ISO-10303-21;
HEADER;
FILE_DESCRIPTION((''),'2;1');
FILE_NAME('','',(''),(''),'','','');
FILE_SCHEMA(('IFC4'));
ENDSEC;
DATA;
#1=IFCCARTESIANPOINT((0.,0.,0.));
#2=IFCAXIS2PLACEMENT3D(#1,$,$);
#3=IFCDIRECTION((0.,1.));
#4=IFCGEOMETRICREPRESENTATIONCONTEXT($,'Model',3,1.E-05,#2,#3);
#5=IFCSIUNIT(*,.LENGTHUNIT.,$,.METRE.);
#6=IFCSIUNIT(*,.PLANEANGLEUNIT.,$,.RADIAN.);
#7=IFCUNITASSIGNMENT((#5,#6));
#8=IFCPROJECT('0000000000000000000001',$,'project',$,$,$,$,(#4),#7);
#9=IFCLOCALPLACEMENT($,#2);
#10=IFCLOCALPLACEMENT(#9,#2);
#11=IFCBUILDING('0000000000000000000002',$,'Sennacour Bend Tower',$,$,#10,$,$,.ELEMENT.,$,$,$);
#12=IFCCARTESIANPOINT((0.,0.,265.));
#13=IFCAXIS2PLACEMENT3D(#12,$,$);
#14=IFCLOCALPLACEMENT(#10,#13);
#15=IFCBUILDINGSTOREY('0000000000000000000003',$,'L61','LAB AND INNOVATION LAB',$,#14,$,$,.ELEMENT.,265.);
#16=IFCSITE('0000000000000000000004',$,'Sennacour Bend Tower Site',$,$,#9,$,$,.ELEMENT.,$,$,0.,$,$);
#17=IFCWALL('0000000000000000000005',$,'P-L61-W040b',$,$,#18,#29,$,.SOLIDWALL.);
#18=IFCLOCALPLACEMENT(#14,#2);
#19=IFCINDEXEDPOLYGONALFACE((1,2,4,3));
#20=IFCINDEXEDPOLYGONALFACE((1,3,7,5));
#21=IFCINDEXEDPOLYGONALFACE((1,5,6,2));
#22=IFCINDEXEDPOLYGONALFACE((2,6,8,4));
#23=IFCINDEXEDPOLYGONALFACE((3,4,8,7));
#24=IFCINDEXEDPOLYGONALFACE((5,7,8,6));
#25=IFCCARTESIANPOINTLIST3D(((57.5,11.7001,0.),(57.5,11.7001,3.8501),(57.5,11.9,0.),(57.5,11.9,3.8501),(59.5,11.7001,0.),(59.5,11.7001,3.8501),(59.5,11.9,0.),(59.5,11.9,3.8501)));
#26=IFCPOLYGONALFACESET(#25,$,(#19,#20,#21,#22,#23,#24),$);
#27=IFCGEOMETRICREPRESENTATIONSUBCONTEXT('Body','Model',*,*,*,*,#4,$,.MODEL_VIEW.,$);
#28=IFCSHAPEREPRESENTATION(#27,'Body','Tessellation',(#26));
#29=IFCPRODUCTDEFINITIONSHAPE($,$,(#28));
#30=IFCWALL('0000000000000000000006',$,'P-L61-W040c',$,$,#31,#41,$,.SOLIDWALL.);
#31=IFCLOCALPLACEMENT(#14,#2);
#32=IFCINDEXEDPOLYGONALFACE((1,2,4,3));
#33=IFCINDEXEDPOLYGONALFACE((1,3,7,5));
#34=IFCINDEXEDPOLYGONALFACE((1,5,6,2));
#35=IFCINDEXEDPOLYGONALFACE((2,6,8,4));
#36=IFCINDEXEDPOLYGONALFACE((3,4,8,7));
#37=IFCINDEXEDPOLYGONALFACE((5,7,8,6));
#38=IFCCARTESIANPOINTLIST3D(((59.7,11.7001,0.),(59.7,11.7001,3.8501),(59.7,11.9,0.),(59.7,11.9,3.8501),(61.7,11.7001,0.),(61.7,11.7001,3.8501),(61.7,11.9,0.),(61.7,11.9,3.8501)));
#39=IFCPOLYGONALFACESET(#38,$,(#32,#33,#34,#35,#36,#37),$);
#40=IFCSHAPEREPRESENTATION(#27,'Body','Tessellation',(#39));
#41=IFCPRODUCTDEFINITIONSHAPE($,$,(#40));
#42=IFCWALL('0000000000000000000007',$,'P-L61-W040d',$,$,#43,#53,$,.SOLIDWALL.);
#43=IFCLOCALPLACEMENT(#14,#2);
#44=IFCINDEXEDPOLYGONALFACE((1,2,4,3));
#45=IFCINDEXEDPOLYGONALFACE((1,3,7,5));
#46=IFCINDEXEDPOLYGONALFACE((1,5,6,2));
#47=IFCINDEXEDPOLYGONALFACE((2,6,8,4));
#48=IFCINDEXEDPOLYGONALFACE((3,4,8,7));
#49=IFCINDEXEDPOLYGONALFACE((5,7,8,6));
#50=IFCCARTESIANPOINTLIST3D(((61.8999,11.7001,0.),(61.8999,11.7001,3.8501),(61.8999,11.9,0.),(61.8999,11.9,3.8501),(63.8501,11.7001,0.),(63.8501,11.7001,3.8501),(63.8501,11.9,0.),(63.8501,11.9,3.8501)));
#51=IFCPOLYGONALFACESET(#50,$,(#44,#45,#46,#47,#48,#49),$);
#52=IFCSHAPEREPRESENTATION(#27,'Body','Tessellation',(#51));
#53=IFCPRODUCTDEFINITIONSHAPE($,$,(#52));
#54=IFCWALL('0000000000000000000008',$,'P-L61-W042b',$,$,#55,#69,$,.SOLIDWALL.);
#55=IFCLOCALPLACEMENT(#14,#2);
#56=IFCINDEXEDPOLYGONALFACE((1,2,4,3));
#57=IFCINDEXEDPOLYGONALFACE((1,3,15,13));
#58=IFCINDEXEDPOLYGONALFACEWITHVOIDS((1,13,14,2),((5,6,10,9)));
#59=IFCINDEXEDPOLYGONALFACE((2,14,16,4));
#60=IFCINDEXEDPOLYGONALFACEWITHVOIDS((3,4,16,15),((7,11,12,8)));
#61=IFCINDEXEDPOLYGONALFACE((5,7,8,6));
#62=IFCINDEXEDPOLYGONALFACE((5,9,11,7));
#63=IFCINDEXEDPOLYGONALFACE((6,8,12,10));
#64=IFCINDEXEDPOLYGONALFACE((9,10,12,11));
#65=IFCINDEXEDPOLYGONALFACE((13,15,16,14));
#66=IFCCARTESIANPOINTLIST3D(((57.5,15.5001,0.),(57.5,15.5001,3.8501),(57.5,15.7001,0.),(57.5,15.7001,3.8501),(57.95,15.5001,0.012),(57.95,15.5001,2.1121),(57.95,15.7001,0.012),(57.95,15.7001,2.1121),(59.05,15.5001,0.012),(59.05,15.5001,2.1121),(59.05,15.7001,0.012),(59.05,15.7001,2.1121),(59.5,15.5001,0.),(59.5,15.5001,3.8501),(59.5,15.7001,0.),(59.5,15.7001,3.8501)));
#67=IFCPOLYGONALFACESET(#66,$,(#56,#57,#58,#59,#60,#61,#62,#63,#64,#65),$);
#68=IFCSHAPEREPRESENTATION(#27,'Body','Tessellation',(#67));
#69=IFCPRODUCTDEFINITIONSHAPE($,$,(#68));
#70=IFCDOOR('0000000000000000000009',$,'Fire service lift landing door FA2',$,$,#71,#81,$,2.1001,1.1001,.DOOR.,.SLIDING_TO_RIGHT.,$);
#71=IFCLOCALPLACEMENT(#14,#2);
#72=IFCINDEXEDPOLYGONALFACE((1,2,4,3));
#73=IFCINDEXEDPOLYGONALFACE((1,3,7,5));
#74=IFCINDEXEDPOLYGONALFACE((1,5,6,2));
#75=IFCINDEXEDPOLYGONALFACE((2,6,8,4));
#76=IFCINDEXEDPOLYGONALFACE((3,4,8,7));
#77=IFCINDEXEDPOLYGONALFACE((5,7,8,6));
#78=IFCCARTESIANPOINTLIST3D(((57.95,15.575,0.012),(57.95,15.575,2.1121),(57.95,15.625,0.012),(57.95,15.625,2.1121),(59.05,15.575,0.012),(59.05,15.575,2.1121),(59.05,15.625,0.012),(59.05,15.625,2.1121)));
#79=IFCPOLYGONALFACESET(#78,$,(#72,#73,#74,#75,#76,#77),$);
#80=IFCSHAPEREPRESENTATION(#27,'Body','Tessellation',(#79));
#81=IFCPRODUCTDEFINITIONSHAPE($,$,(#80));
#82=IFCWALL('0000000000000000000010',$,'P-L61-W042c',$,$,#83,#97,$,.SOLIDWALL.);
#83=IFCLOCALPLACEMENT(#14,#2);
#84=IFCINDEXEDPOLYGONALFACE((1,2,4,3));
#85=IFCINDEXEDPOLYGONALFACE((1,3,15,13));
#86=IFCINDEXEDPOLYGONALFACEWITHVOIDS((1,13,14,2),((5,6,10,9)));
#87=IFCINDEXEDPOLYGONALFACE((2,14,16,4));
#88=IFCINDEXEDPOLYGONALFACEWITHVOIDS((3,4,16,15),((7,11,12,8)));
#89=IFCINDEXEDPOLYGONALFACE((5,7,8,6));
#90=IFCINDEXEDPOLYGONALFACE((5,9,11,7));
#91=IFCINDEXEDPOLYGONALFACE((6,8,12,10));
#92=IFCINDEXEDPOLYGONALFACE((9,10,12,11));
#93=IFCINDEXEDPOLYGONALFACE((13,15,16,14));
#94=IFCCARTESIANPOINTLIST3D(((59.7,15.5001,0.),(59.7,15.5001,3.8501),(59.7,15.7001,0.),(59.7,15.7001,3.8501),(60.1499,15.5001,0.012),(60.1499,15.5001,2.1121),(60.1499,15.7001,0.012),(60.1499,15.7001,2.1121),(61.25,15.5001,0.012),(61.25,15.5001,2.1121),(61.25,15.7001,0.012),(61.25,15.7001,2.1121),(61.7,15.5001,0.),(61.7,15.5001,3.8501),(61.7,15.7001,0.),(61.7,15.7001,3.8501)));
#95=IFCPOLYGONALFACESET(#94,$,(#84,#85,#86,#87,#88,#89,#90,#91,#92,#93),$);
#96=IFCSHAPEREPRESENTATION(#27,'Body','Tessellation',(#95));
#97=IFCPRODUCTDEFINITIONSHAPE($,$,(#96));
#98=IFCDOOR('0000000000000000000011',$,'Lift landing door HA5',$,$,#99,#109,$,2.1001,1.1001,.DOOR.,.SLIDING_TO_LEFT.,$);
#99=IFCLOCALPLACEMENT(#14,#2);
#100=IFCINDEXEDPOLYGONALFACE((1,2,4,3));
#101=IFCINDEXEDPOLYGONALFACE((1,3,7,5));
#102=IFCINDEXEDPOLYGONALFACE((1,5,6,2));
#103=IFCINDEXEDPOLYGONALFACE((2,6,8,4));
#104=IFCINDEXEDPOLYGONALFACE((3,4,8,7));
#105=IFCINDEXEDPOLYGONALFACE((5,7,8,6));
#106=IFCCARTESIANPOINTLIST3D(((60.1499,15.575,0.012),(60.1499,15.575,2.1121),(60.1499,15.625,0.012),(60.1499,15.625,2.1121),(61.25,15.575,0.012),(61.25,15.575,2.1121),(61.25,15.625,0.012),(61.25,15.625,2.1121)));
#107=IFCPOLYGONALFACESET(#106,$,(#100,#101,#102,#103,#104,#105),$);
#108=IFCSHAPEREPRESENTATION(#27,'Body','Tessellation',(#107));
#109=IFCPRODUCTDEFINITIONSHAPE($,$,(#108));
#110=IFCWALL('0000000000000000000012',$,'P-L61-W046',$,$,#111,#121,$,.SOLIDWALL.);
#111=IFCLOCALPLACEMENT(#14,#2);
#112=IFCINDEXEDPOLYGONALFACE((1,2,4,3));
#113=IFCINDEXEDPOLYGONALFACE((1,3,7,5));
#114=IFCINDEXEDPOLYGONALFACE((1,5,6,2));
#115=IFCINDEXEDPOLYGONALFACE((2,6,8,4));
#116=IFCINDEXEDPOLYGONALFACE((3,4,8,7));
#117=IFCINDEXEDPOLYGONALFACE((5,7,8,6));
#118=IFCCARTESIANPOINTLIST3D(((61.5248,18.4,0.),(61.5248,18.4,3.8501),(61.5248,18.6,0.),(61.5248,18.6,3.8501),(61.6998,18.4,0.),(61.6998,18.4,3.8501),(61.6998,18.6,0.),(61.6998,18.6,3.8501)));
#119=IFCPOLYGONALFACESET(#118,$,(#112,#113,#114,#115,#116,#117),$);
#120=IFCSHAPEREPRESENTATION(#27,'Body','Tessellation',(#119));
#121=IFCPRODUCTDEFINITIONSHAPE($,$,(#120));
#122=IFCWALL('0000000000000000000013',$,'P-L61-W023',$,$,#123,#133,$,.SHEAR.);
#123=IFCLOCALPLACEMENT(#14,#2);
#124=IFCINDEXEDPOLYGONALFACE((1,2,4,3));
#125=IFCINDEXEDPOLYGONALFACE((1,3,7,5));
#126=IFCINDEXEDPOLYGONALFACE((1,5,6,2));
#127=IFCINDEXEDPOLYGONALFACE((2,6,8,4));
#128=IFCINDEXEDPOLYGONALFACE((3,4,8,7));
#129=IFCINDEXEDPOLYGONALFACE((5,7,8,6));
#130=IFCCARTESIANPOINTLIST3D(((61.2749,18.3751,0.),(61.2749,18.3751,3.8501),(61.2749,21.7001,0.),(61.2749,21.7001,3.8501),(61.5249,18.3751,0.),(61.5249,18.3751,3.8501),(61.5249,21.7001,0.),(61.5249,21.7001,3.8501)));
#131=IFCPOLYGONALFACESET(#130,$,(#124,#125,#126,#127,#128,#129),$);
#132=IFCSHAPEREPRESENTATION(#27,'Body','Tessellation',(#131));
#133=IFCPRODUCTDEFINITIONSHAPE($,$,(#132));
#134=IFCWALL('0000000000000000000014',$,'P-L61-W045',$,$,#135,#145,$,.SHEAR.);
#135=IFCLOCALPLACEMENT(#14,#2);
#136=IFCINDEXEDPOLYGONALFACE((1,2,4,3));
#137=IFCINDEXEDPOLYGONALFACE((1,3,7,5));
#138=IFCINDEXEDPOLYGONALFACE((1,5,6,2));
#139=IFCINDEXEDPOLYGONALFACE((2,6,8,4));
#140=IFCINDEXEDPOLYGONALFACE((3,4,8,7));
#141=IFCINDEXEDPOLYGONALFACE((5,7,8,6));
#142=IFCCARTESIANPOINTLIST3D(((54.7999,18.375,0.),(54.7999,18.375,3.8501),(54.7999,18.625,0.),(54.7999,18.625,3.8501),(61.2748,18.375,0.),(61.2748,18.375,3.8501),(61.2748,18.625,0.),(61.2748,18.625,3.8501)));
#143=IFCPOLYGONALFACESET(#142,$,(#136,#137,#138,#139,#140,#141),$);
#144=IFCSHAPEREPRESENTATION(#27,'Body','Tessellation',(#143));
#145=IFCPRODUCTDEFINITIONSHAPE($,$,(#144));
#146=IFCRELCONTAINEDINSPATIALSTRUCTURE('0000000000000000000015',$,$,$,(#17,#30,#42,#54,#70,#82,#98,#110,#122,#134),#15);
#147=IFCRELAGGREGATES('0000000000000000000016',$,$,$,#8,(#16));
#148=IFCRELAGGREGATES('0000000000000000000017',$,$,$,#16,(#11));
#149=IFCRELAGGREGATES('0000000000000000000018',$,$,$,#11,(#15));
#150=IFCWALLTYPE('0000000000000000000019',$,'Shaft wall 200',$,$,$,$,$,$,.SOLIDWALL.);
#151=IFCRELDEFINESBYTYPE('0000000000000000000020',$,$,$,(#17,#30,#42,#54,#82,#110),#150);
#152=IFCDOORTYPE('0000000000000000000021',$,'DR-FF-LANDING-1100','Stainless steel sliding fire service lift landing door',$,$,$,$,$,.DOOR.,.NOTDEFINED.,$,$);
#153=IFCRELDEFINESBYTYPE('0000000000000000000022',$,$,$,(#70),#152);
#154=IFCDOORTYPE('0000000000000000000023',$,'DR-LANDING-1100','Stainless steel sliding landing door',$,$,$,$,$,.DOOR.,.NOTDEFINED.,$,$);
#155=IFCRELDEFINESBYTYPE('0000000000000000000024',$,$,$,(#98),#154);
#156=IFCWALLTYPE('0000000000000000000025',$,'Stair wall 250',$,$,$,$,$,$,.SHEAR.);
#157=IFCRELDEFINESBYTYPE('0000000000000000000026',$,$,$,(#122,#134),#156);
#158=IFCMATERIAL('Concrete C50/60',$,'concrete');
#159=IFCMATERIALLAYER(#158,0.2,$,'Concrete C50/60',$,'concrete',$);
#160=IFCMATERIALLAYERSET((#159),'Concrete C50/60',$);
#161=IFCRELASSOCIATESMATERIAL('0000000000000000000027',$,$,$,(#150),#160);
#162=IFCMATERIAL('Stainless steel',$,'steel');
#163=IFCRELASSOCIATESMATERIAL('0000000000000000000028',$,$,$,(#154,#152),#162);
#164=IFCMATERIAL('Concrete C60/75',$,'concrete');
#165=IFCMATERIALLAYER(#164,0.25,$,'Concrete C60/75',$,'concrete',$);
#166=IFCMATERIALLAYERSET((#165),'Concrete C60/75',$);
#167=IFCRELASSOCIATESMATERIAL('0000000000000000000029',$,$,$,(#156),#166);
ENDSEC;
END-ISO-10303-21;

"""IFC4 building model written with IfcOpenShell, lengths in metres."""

from ifc_helpers import new_model, si_unit, direction, frame, frame_2d, origin, place, context, subcontext, project, spatial, rectangle, extrude, material, layer, layer_set, type_object, element, fill, save


model = new_model("IFC4")

# Units and contexts
model_context = context("Model", 3, precision=1e-05, world=origin(), true_north=direction((0.0, 1.0)))
body_context = subcontext(model_context, "Body", "Model", "MODEL_VIEW")
ifc_project = project(units=[si_unit("LENGTHUNIT", "METRE"), si_unit("PLANEANGLEUNIT", "RADIAN")], contexts=[model_context])

# Site, building, storey
site_placement = place(None, origin())
site = spatial("IfcSite", under=ifc_project, at=site_placement, Name="Sennacour Bend Tower Site", CompositionType="ELEMENT", RefElevation=0.0)
building_placement = place(site_placement, origin())
building = spatial("IfcBuilding", under=site, at=building_placement, Name="Sennacour Bend Tower", CompositionType="ELEMENT")
storey_placement = place(building_placement, frame((0.0, 0.0, 265.0)))
storey = spatial("IfcBuildingStorey", under=building, at=storey_placement, Name="L61", Description="LAB AND INNOVATION LAB", CompositionType="ELEMENT", Elevation=265.0)

# Shared definitions
ifc_material_1 = material(Name="Concrete C50/60", Category="concrete")
ifc_layer_1 = layer(ifc_material_1, 0.2, Name="Concrete C50/60", Category="concrete")
ifc_layer_set_1 = layer_set([ifc_layer_1], Name="Concrete C50/60")
wall_type_1 = type_object("IfcWallType", Name="Shaft wall 200", PredefinedType="SOLIDWALL", material=ifc_layer_set_1)

# Shared definitions
ifc_material_2 = material(Name="Stainless steel", Category="steel")
door_type_1 = type_object("IfcDoorType", Name="DR-LANDING-1100", Description="Stainless steel sliding landing door", OperationType="NOTDEFINED", PredefinedType="DOOR", material=ifc_material_2)

# Walls
for number, where, z_axis, x_axis, name in (
    (1, (57.5, 11.8, 0.0), (0.0, 0.0, 1.0), (1.0, 0.0, 0.0), "P-L61-W040b"),
    (2, (59.7, 11.8, 0.0), (0.0, 0.0, 1.0), (1.0, 0.0, 0.0), "P-L61-W040c"),
):
    element("IfcWall", number, at=place(storey_placement, frame(where, z_axis=z_axis, x_axis=x_axis)), inside=storey, type_object=wall_type_1, Name=name, PredefinedType="SOLIDWALL", context=body_context, shape_type="SweptSolid", body=[
        extrude(rectangle(XDim=2.0, YDim=0.2, at=frame_2d((1.0, 0.0))), origin(), (0.0, 0.0, 1.0), 3.8501),
    ])
wall_1_placement = place(storey_placement, frame((61.8999, 11.8, 0.0), z_axis=(0.0, 0.0, 1.0), x_axis=(1.0, 0.0, 0.0)))
element("IfcWall", 3, at=wall_1_placement, inside=storey, type_object=wall_type_1, Name="P-L61-W040d", PredefinedType="SOLIDWALL", context=body_context, shape_type="SweptSolid", body=[
    extrude(rectangle(XDim=1.9502, YDim=0.2, at=frame_2d((0.9751, 0.0))), origin(), (0.0, 0.0, 1.0), 3.8501),
])

# Walls, openings, doors
wall_2_placement = place(storey_placement, frame((57.5, 15.6001, 0.0), z_axis=(0.0, 0.0, 1.0), x_axis=(1.0, 0.0, 0.0)))
wall_2 = element("IfcWall", 4, at=wall_2_placement, inside=storey, type_object=wall_type_1, Name="P-L61-W042b", PredefinedType="SOLIDWALL", context=body_context, shape_type="SweptSolid", body=[
    extrude(rectangle(XDim=2.0, YDim=0.2, at=frame_2d((1.0, 0.0))), origin(), (0.0, 0.0, 1.0), 3.8501),
])
opening_1_placement = place(wall_2_placement, frame((0.45, 0.0, 0.012)))
opening_1 = element("IfcOpeningElement", 5, at=opening_1_placement, cuts=wall_2, PredefinedType="OPENING", context=body_context, shape_type="SweptSolid", body=[
    extrude(rectangle(XDim=1.1001, YDim=2.1001, at=frame_2d((0.55, 1.05))), frame((0.0, 0.1099, 0.0), z_axis=(0.0, -1.0, 0.0), x_axis=(1.0, 0.0, 0.0)), (0.0, 0.0, 1.0), 0.22),
])
door_type_2 = type_object("IfcDoorType", Name="DR-FF-LANDING-1100", Description="Stainless steel sliding fire service lift landing door", OperationType="NOTDEFINED", PredefinedType="DOOR", material=ifc_material_2)
door_1_placement = place(opening_1_placement, origin())
door_1 = element("IfcDoor", 6, at=door_1_placement, inside=storey, type_object=door_type_2, Name="Fire service lift landing door FA2", OperationType="SLIDING_TO_RIGHT", OverallHeight=2.1001, OverallWidth=1.1001, PredefinedType="DOOR", context=body_context, shape_type="SweptSolid", body=[
    extrude(rectangle(XDim=1.1001, YDim=2.1001, at=frame_2d((0.55, 1.05))), frame((0.0, 0.0249, 0.0), z_axis=(0.0, -1.0, 0.0), x_axis=(1.0, 0.0, 0.0)), (0.0, 0.0, 1.0), 0.05),
])
fill(opening_1, door_1)
wall_3_placement = place(storey_placement, frame((59.7, 15.6001, 0.0), z_axis=(0.0, 0.0, 1.0), x_axis=(1.0, 0.0, 0.0)))
wall_3 = element("IfcWall", 7, at=wall_3_placement, inside=storey, type_object=wall_type_1, Name="P-L61-W042c", PredefinedType="SOLIDWALL", context=body_context, shape_type="SweptSolid", body=[
    extrude(rectangle(XDim=2.0, YDim=0.2, at=frame_2d((1.0, 0.0))), origin(), (0.0, 0.0, 1.0), 3.8501),
])
opening_2_placement = place(wall_3_placement, frame((0.45, 0.0, 0.012)))
opening_2 = element("IfcOpeningElement", 8, at=opening_2_placement, cuts=wall_3, PredefinedType="OPENING", context=body_context, shape_type="SweptSolid", body=[
    extrude(rectangle(XDim=1.1001, YDim=2.1001, at=frame_2d((0.55, 1.05))), frame((0.0, 0.1099, 0.0), z_axis=(0.0, -1.0, 0.0), x_axis=(1.0, 0.0, 0.0)), (0.0, 0.0, 1.0), 0.22),
])
door_2_placement = place(opening_2_placement, origin())
door_2 = element("IfcDoor", 9, at=door_2_placement, inside=storey, type_object=door_type_1, Name="Lift landing door HA5", OperationType="SLIDING_TO_LEFT", OverallHeight=2.1001, OverallWidth=1.1001, PredefinedType="DOOR", context=body_context, shape_type="SweptSolid", body=[
    extrude(rectangle(XDim=1.1001, YDim=2.1001, at=frame_2d((0.55, 1.05))), frame((0.0, 0.0249, 0.0), z_axis=(0.0, -1.0, 0.0), x_axis=(1.0, 0.0, 0.0)), (0.0, 0.0, 1.0), 0.05),
])
fill(opening_2, door_2)

# Walls
wall_4_placement = place(storey_placement, frame((61.5249, 18.5, 0.0), z_axis=(0.0, 0.0, 1.0), x_axis=(1.0, 0.0, 0.0)))
element("IfcWall", 10, at=wall_4_placement, inside=storey, type_object=wall_type_1, Name="P-L61-W046", PredefinedType="SOLIDWALL", context=body_context, shape_type="SweptSolid", body=[
    extrude(rectangle(XDim=0.175, YDim=0.2, at=frame_2d((0.0874, 0.0))), origin(), (0.0, 0.0, 1.0), 3.8501),
])
ifc_material_3 = material(Name="Concrete C60/75", Category="concrete")
ifc_layer_2 = layer(ifc_material_3, 0.25, Name="Concrete C60/75", Category="concrete")
ifc_layer_set_2 = layer_set([ifc_layer_2], Name="Concrete C60/75")
wall_type_2 = type_object("IfcWallType", Name="Stair wall 250", PredefinedType="SHEAR", material=ifc_layer_set_2)
wall_5_placement = place(storey_placement, frame((61.3999, 18.375, 0.0), z_axis=(0.0, 0.0, 1.0), x_axis=(0.0, 1.0, 0.0)))
element("IfcWall", 11, at=wall_5_placement, inside=storey, type_object=wall_type_2, Name="P-L61-W023", PredefinedType="SHEAR", context=body_context, shape_type="SweptSolid", body=[
    extrude(rectangle(XDim=3.325, YDim=0.25, at=frame_2d((1.6626, 0.0))), origin(), (0.0, 0.0, 1.0), 3.8501),
])
wall_6_placement = place(storey_placement, frame((54.8, 18.5, 0.0), z_axis=(0.0, 0.0, 1.0), x_axis=(1.0, 0.0, 0.0)))
element("IfcWall", 12, at=wall_6_placement, inside=storey, type_object=wall_type_2, Name="P-L61-W045", PredefinedType="SHEAR", context=body_context, shape_type="SweptSolid", body=[
    extrude(rectangle(XDim=6.4749, YDim=0.25, at=frame_2d((3.2373, 0.0))), origin(), (0.0, 0.0, 1.0), 3.8501),
])

save(model, "model.ifc")
